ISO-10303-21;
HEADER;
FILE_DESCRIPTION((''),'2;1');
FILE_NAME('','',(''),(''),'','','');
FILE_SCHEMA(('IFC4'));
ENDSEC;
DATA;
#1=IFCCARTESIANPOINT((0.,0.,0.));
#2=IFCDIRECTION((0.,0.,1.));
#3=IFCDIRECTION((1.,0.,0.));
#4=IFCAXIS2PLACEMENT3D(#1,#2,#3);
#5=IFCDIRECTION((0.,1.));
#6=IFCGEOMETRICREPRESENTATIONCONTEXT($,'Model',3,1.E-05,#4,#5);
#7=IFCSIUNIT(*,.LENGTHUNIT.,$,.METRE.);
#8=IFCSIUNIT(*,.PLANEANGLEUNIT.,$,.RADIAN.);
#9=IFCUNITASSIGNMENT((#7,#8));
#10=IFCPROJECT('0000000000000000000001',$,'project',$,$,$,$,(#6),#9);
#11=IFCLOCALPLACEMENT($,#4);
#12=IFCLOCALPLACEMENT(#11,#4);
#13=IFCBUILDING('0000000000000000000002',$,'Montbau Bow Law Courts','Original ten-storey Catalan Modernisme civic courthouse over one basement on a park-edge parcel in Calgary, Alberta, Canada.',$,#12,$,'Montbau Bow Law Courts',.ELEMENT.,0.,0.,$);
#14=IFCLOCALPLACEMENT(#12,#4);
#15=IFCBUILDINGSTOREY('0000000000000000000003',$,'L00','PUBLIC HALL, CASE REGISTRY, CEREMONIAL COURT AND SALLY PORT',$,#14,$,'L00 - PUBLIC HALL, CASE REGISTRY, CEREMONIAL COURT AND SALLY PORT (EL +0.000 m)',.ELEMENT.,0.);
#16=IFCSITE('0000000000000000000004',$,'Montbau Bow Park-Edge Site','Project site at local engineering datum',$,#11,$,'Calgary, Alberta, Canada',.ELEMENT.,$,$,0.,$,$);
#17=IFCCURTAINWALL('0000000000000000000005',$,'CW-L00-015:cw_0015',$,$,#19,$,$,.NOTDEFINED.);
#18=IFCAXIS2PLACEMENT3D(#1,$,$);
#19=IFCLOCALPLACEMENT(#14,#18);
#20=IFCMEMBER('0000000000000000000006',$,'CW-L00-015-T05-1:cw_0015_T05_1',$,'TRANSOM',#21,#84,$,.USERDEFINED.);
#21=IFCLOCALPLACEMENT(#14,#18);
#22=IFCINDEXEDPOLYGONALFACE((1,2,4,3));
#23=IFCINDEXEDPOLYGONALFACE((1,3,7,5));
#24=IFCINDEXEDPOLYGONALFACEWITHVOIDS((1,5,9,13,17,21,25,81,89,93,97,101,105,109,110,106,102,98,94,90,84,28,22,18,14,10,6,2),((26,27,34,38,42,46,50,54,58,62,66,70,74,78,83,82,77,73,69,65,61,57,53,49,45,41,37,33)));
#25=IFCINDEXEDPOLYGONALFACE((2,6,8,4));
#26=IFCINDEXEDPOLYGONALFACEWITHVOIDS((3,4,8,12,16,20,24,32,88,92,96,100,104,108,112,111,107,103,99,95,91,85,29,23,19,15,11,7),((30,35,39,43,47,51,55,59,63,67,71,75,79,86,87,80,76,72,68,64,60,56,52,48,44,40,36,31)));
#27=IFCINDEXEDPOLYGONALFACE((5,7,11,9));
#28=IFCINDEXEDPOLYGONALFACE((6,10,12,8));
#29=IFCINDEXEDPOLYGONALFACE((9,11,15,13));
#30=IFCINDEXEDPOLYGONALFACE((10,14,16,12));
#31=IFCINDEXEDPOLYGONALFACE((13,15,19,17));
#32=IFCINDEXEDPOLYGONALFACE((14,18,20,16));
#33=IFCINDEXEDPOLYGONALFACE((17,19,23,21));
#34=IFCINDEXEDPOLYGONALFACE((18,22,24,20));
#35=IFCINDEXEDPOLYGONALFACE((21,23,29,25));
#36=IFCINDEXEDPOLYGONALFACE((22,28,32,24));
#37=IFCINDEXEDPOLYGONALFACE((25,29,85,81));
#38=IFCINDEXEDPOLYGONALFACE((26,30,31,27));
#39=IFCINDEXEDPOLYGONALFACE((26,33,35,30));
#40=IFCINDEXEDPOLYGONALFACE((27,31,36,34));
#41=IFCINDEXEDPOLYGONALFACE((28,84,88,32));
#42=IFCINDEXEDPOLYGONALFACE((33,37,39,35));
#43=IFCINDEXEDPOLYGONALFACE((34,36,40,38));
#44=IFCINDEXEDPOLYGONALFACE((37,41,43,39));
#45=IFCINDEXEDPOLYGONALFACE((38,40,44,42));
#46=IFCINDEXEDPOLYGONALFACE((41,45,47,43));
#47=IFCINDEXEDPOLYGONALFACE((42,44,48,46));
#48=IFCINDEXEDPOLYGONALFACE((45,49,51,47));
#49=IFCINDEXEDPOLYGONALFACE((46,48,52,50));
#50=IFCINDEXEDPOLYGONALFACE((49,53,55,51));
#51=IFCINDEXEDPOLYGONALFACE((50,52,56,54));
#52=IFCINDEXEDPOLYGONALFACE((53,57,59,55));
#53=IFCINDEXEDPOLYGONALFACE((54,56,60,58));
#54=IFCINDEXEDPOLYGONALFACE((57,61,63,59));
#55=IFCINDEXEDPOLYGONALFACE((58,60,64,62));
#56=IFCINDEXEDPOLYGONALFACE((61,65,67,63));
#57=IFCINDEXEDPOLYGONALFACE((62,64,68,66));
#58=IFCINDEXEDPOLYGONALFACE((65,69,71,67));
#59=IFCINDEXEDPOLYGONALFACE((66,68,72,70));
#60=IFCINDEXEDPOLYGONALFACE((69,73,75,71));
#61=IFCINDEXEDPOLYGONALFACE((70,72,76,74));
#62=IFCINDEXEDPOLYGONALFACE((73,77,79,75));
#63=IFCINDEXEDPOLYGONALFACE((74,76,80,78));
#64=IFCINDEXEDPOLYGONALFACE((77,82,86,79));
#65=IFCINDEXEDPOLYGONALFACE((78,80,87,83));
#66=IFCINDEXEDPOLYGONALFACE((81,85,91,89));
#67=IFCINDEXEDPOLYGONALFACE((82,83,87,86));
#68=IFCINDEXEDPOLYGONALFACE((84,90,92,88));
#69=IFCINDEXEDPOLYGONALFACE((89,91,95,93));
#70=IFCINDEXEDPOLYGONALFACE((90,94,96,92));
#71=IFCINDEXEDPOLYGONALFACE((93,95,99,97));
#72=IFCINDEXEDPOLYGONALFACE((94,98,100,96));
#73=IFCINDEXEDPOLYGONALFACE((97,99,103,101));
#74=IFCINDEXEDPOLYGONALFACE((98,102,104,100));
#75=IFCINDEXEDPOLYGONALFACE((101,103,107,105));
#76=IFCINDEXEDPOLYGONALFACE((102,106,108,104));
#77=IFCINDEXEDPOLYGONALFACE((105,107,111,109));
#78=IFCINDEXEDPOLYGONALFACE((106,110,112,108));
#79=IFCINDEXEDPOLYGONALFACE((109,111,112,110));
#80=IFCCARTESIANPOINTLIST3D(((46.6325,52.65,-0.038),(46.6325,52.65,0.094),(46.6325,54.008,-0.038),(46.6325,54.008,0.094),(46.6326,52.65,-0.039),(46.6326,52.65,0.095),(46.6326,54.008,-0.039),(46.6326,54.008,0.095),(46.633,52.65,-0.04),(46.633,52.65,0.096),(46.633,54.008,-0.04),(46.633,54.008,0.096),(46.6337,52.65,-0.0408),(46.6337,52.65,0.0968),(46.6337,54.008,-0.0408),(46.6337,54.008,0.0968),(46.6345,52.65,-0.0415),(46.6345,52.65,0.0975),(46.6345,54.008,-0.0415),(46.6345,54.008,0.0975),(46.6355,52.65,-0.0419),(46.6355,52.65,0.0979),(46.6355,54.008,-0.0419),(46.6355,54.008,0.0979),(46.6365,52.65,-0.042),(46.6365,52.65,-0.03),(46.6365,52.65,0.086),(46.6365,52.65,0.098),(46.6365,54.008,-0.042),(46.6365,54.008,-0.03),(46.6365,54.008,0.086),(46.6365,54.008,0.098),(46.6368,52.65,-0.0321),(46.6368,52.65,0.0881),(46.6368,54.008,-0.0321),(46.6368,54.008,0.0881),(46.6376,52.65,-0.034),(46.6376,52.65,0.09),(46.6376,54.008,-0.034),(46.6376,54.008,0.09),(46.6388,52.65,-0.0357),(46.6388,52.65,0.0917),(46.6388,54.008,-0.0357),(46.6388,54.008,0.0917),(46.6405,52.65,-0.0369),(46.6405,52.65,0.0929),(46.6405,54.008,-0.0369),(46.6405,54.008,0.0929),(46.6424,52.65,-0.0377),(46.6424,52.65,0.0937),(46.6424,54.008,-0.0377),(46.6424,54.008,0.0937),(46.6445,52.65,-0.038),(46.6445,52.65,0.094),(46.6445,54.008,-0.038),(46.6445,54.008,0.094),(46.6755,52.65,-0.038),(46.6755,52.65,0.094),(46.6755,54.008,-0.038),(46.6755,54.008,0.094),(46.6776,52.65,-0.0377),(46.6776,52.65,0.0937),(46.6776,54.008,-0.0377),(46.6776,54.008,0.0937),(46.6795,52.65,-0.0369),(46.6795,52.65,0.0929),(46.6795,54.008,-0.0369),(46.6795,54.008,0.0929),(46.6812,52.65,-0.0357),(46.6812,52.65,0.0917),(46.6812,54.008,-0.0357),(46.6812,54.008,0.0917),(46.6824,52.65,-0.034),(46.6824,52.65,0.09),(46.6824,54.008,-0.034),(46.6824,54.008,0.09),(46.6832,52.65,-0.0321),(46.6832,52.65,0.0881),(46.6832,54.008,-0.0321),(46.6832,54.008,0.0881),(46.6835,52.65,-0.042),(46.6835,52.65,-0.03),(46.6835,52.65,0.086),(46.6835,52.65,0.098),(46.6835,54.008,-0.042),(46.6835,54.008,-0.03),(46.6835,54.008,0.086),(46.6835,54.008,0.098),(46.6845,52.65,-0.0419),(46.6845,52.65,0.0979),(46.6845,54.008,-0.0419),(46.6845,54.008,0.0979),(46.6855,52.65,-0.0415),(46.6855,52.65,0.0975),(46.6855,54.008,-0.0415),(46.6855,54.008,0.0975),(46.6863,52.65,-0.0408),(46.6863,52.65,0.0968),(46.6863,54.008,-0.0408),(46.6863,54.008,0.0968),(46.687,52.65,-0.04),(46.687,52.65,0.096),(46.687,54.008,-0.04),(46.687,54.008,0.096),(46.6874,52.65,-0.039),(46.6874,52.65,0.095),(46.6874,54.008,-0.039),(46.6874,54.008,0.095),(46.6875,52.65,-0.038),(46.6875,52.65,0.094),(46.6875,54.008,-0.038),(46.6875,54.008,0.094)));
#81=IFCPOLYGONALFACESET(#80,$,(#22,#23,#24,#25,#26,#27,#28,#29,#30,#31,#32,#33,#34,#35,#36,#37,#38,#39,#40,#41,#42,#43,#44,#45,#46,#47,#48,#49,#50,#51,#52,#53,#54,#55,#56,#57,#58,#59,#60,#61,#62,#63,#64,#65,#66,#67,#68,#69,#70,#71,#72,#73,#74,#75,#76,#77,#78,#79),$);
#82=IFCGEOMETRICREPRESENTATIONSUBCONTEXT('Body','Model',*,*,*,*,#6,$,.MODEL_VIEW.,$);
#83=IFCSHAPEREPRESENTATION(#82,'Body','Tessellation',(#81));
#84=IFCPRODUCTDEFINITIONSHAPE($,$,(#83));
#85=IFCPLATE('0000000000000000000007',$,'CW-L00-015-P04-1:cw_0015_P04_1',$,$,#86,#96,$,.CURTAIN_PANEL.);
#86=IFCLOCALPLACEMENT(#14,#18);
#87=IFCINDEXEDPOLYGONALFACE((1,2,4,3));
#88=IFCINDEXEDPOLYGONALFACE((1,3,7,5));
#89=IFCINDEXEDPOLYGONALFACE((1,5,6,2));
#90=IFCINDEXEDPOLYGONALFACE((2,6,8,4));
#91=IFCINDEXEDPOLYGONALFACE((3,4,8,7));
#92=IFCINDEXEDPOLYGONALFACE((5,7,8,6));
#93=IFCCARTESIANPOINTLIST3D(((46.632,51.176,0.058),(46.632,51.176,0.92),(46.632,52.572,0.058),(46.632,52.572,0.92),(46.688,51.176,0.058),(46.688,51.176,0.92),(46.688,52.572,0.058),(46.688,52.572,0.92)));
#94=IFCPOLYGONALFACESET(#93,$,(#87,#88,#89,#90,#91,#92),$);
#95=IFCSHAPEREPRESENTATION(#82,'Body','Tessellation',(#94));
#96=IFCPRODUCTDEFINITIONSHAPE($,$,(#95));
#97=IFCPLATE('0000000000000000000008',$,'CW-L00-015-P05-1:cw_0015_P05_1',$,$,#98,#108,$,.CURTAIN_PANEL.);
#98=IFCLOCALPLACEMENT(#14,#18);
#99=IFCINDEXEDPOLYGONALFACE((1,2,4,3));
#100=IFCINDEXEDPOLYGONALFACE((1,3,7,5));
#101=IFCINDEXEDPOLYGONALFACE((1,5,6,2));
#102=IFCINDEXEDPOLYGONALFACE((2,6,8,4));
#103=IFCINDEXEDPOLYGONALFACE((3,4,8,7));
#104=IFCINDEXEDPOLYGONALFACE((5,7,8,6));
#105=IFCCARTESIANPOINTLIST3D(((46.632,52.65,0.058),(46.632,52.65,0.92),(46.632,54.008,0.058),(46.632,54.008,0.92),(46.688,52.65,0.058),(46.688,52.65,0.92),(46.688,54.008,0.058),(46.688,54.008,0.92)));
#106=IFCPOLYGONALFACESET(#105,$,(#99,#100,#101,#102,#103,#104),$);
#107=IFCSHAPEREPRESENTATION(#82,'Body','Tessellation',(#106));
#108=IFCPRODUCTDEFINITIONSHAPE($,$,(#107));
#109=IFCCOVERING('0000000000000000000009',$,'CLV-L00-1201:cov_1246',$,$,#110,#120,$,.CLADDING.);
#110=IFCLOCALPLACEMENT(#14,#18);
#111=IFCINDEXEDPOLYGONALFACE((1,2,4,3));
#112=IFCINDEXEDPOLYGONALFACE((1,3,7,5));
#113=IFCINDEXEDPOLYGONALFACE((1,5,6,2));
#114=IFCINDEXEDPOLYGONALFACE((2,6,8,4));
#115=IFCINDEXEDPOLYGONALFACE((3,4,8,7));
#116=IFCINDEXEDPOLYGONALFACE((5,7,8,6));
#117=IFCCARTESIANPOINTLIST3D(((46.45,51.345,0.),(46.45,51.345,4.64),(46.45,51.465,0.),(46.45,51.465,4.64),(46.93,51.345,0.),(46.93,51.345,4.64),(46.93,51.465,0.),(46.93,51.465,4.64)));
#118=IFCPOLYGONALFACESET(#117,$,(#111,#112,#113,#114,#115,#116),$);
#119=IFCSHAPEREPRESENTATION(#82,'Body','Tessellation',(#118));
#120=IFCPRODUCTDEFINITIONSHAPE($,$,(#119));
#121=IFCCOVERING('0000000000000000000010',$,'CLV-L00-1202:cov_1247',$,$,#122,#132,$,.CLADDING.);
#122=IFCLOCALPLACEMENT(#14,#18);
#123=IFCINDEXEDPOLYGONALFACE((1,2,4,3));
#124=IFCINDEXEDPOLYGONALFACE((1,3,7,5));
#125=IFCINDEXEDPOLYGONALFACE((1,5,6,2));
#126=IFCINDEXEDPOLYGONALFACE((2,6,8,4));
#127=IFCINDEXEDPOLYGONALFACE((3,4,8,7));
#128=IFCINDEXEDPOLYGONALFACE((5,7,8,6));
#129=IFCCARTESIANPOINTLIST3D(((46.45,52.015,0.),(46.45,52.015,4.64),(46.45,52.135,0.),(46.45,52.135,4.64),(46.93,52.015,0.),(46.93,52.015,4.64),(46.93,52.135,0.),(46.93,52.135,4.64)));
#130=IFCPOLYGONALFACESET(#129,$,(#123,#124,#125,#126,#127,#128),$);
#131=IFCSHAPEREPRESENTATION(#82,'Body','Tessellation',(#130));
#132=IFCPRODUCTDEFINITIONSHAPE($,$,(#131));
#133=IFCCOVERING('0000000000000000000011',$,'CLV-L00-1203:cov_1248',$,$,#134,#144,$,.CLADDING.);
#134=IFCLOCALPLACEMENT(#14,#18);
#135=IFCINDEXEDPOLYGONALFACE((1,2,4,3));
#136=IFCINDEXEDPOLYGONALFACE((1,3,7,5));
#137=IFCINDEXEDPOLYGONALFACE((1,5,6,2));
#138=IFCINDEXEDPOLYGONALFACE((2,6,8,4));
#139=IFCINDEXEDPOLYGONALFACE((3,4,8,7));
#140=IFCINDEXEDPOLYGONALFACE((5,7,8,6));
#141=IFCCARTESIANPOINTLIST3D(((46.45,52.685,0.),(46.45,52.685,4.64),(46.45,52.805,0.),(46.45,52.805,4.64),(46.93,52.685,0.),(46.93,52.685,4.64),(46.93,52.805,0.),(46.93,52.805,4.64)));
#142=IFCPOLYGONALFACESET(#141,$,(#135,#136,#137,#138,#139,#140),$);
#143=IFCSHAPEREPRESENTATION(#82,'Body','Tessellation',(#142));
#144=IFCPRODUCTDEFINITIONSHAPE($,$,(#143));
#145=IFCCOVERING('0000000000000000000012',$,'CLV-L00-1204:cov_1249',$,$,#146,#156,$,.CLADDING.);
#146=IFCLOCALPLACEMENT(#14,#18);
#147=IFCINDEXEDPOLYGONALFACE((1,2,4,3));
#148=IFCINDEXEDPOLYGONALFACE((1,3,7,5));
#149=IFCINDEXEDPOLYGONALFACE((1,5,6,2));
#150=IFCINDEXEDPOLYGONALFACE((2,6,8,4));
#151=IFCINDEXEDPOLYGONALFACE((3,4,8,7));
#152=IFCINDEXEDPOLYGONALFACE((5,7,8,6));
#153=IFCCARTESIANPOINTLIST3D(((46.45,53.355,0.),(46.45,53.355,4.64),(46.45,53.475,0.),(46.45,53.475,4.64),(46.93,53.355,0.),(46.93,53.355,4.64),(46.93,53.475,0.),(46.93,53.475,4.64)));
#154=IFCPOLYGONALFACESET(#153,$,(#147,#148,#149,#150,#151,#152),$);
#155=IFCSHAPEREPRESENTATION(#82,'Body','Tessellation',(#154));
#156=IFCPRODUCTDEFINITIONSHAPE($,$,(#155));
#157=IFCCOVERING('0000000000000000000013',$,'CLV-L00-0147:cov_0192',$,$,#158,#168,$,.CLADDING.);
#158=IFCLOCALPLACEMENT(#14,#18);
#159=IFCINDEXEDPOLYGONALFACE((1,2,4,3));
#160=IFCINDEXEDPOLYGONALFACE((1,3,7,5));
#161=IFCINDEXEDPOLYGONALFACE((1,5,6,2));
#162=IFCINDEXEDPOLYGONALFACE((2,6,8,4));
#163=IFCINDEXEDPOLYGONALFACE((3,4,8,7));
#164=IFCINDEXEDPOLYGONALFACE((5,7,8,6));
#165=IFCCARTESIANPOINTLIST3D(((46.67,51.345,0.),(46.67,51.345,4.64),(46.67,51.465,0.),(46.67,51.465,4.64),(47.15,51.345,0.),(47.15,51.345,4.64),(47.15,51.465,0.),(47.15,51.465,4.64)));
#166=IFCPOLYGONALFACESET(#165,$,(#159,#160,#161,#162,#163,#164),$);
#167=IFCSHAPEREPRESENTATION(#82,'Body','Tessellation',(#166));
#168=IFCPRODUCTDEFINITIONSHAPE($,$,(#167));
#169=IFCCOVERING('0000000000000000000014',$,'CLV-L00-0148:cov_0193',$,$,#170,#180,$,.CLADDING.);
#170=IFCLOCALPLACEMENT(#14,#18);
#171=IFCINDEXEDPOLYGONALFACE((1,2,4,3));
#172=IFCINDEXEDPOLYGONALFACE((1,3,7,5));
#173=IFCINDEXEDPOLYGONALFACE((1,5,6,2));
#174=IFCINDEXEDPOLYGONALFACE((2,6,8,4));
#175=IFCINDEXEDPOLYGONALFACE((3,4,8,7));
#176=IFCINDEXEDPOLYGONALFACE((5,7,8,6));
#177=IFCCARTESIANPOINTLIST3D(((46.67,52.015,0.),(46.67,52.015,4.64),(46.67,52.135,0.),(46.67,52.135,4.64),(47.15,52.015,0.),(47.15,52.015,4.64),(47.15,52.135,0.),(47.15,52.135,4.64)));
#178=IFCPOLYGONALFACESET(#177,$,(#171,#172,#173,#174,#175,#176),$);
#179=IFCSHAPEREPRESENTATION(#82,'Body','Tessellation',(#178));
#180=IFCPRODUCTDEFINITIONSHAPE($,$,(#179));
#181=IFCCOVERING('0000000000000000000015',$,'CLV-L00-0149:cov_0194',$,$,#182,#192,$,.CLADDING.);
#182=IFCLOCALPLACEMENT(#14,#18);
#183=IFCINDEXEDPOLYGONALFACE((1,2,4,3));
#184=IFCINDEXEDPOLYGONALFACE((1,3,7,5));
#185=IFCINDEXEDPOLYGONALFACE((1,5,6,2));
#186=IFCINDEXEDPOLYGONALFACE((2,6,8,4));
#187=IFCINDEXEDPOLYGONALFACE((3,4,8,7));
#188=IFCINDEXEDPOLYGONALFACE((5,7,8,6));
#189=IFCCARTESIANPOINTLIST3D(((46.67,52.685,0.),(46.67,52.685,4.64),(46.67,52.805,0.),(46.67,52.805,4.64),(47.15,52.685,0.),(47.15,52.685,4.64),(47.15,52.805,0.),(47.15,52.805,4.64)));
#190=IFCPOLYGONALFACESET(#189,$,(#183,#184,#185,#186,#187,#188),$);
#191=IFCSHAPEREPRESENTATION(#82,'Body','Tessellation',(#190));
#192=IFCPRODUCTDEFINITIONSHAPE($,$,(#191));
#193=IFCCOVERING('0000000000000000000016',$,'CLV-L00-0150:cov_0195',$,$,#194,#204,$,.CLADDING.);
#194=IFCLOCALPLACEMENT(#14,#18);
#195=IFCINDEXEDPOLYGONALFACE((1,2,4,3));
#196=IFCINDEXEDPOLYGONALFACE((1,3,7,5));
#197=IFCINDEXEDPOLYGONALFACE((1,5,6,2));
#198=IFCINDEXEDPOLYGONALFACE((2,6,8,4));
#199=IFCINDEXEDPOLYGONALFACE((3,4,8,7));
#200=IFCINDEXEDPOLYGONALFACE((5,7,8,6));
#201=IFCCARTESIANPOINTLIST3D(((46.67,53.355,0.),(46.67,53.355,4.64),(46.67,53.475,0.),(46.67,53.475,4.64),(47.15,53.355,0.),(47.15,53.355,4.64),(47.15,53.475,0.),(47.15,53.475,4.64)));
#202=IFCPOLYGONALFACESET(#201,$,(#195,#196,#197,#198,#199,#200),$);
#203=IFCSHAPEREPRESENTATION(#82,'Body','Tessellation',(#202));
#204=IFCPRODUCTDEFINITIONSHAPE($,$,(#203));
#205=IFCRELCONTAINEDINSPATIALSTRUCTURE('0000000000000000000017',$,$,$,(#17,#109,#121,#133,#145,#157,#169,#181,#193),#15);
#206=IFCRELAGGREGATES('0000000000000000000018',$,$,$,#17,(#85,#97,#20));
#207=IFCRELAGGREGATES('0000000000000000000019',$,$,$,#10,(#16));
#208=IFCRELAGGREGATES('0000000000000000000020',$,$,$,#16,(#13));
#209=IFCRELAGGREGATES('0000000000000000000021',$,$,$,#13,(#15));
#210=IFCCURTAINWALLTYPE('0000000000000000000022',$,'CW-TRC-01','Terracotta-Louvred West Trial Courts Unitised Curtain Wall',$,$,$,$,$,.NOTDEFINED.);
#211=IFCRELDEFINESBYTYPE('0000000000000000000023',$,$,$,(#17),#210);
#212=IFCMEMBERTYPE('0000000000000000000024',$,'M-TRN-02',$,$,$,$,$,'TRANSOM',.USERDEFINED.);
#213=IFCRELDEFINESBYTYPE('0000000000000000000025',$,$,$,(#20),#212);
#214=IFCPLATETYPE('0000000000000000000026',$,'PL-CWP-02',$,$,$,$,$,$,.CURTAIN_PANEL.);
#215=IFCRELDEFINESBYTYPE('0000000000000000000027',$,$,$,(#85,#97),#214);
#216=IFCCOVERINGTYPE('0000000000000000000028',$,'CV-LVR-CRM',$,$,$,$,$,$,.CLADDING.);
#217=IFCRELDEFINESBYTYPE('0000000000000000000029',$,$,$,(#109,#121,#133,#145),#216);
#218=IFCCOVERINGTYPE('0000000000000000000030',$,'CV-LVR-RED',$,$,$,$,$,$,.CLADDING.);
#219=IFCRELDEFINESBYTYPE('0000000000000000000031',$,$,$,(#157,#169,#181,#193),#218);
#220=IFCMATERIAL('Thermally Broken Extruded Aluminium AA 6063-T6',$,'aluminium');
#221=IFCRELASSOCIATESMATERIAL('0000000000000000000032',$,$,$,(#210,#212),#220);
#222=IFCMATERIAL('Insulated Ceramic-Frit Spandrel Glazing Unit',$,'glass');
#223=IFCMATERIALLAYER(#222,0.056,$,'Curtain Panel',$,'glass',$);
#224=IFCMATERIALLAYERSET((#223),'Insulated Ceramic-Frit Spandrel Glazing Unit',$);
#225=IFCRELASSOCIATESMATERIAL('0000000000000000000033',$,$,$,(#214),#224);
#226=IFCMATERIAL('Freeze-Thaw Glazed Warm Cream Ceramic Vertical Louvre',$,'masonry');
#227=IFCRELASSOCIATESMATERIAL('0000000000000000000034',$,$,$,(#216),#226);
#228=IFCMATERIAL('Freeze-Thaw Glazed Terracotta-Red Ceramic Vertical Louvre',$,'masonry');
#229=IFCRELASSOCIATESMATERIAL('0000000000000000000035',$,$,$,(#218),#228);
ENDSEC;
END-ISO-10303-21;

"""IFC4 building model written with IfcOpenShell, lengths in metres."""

from ifc_helpers import new_model, si_unit, direction, frame, frame_2d, origin_with_axes, origin_2d_with_axis, place, context, subcontext, project, spatial, rectangle, hollow_rectangle, extrude, material, layer, layer_set, material_profile, profile_set, type_object, element, aggregate, save


model = new_model("IFC4")

# Units and contexts
model_context = context("Model", 3, precision=1e-05, world=origin_with_axes(), true_north=direction((0.0, 1.0)))
body_context = subcontext(model_context, "Body", "Model", "MODEL_VIEW")
ifc_project = project(units=[si_unit("LENGTHUNIT", "METRE"), si_unit("PLANEANGLEUNIT", "RADIAN")], contexts=[model_context])

# Site, building, storey
site_placement = place(None, origin_with_axes())
site = spatial("IfcSite", under=ifc_project, at=site_placement, Name="Montbau Bow Park-Edge Site", Description="Project site at local engineering datum", LongName="Calgary, Alberta, Canada", CompositionType="ELEMENT", RefElevation=0.0)
building_placement = place(site_placement, origin_with_axes())
building = spatial("IfcBuilding", under=site, at=building_placement, Name="Montbau Bow Law Courts", Description="Original ten-storey Catalan Modernisme civic courthouse over one basement on a park-edge parcel in Calgary, Alberta, Canada.", LongName="Montbau Bow Law Courts", CompositionType="ELEMENT", ElevationOfRefHeight=0.0, ElevationOfTerrain=0.0)
storey_placement = place(building_placement, origin_with_axes())
storey = spatial("IfcBuildingStorey", under=building, at=storey_placement, Name="L00", Description="PUBLIC HALL, CASE REGISTRY, CEREMONIAL COURT AND SALLY PORT", LongName="L00 - PUBLIC HALL, CASE REGISTRY, CEREMONIAL COURT AND SALLY PORT (EL +0.000 m)", CompositionType="ELEMENT", Elevation=0.0)

# Curtain wall
ifc_material_1 = material(Name="Thermally Broken Extruded Aluminium AA 6063-T6", Category="aluminium")
curtain_wall_type_1 = type_object("IfcCurtainWallType", Name="CW-TRC-01", Description="Terracotta-Louvred West Trial Courts Unitised Curtain Wall", PredefinedType="NOTDEFINED", material=ifc_material_1)
curtain_wall_1_placement = place(None, frame((46.66, 46.715, 0.0), z_axis=(0.0, 0.0, 1.0), x_axis=(1.0, 0.0, 0.0)))
curtain_wall_1 = element("IfcCurtainWall", 1, at=curtain_wall_1_placement, inside=storey, type_object=curtain_wall_type_1, Name="CW-L00-015:cw_0015", PredefinedType="NOTDEFINED")

# Member
ifc_material_profile_1 = material_profile(ifc_material_1, hollow_rectangle(XDim=0.055, YDim=0.14, WallThickness=0.004, InnerFilletRadius=0.008, OuterFilletRadius=0.004, at=origin_2d_with_axis()), Name="CWT-140X55", Category="Main", Priority=0)
ifc_profile_set_1 = profile_set([ifc_material_profile_1], Name="Thermally Broken Extruded Aluminium AA 6063-T6")
member_type_1 = type_object("IfcMemberType", Name="M-TRN-02", ElementType="TRANSOM", PredefinedType="USERDEFINED", material=ifc_profile_set_1)
member_1_placement = place(None, frame((46.66, 52.65, 0.028), z_axis=(0.0, 1.0, 0.0), x_axis=(-1.0, 0.0, 0.0)))
member_1 = element("IfcMember", 2, at=member_1_placement, type_object=member_type_1, Name="CW-L00-015-T05-1:cw_0015_T05_1", ObjectType="TRANSOM", PredefinedType="USERDEFINED", context=body_context, shape_type="SweptSolid", body=[
    extrude(hollow_rectangle(XDim=0.055, YDim=0.14, WallThickness=0.004, InnerFilletRadius=0.008, OuterFilletRadius=0.004, at=origin_2d_with_axis()), origin_with_axes(), (0.0, 0.0, 1.0), 1.358),
])

# Plates
ifc_material_2 = material(Name="Insulated Ceramic-Frit Spandrel Glazing Unit", Category="glass")
ifc_layer = layer(ifc_material_2, 0.056, Name="Curtain Panel", Category="glass")
ifc_layer_set = layer_set([ifc_layer], Name="Insulated Ceramic-Frit Spandrel Glazing Unit")
plate_type = type_object("IfcPlateType", Name="PL-CWP-02", PredefinedType="CURTAIN_PANEL", material=ifc_layer_set)
plate_1_placement = place(None, frame((46.66, 51.176, 0.058), z_axis=(1.0, 0.0, 0.0), x_axis=(0.0, 1.0, 0.0)))
plate_1 = element("IfcPlate", 3, at=plate_1_placement, type_object=plate_type, Name="CW-L00-015-P04-1:cw_0015_P04_1", PredefinedType="CURTAIN_PANEL", context=body_context, shape_type="SweptSolid", body=[
    extrude(rectangle(XDim=1.396, YDim=0.862, at=frame_2d((0.698, 0.431), x_axis=(1.0, 0.0))), frame((0.0, 0.0, -0.028), z_axis=(0.0, 0.0, 1.0), x_axis=(1.0, 0.0, 0.0)), (0.0, 0.0, 1.0), 0.056),
])
plate_2_placement = place(None, frame((46.66, 52.65, 0.058), z_axis=(1.0, 0.0, 0.0), x_axis=(0.0, 1.0, 0.0)))
plate_2 = element("IfcPlate", 4, at=plate_2_placement, type_object=plate_type, Name="CW-L00-015-P05-1:cw_0015_P05_1", PredefinedType="CURTAIN_PANEL", context=body_context, shape_type="SweptSolid", body=[
    extrude(rectangle(XDim=1.358, YDim=0.862, at=frame_2d((0.679, 0.431), x_axis=(1.0, 0.0))), frame((0.0, 0.0, -0.028), z_axis=(0.0, 0.0, 1.0), x_axis=(1.0, 0.0, 0.0)), (0.0, 0.0, 1.0), 0.056),
])
aggregate(curtain_wall_1, [plate_1, plate_2, member_1])

# Coverings
ifc_material_3 = material(Name="Freeze-Thaw Glazed Warm Cream Ceramic Vertical Louvre", Category="masonry")
covering_type_1 = type_object("IfcCoveringType", Name="CV-LVR-CRM", PredefinedType="CLADDING", material=ifc_material_3)
for number, where, z_axis, x_axis, name in (
    (5, (46.93, 51.405, 0.0), (0.0, 1.0, 0.0), (-1.0, 0.0, 0.0), "CLV-L00-1201:cov_1246"),
    (6, (46.93, 52.075, 0.0), (0.0, 1.0, 0.0), (-1.0, 0.0, 0.0), "CLV-L00-1202:cov_1247"),
    (7, (46.93, 52.745, 0.0), (0.0, 1.0, 0.0), (-1.0, 0.0, 0.0), "CLV-L00-1203:cov_1248"),
    (8, (46.93, 53.415, 0.0), (0.0, 1.0, 0.0), (-1.0, 0.0, 0.0), "CLV-L00-1204:cov_1249"),
):
    element("IfcCovering", number, at=place(None, frame(where, z_axis=z_axis, x_axis=x_axis)), inside=storey, type_object=covering_type_1, Name=name, PredefinedType="CLADDING", context=body_context, shape_type="SweptSolid", body=[
        extrude(rectangle(XDim=0.48, YDim=4.64, at=frame_2d((0.24, 2.32), x_axis=(1.0, 0.0))), frame((0.0, 0.0, -0.06), z_axis=(0.0, 0.0, 1.0), x_axis=(1.0, 0.0, 0.0)), (0.0, 0.0, 1.0), 0.12),
    ])
ifc_material_4 = material(Name="Freeze-Thaw Glazed Terracotta-Red Ceramic Vertical Louvre", Category="masonry")
covering_type_2 = type_object("IfcCoveringType", Name="CV-LVR-RED", PredefinedType="CLADDING", material=ifc_material_4)
for number, where, z_axis, x_axis, name in (
    (9, (46.67, 51.405, 0.0), (0.0, -1.0, 0.0), (1.0, 0.0, 0.0), "CLV-L00-0147:cov_0192"),
    (10, (46.67, 52.075, 0.0), (0.0, -1.0, 0.0), (1.0, 0.0, 0.0), "CLV-L00-0148:cov_0193"),
    (11, (46.67, 52.745, 0.0), (0.0, -1.0, 0.0), (1.0, 0.0, 0.0), "CLV-L00-0149:cov_0194"),
    (12, (46.67, 53.415, 0.0), (0.0, -1.0, 0.0), (1.0, 0.0, 0.0), "CLV-L00-0150:cov_0195"),
):
    element("IfcCovering", number, at=place(None, frame(where, z_axis=z_axis, x_axis=x_axis)), inside=storey, type_object=covering_type_2, Name=name, PredefinedType="CLADDING", context=body_context, shape_type="SweptSolid", body=[
        extrude(rectangle(XDim=0.48, YDim=4.64, at=frame_2d((0.24, 2.32), x_axis=(1.0, 0.0))), frame((0.0, 0.0, -0.06), z_axis=(0.0, 0.0, 1.0), x_axis=(1.0, 0.0, 0.0)), (0.0, 0.0, 1.0), 0.12),
    ])

save(model, "model.ifc")
